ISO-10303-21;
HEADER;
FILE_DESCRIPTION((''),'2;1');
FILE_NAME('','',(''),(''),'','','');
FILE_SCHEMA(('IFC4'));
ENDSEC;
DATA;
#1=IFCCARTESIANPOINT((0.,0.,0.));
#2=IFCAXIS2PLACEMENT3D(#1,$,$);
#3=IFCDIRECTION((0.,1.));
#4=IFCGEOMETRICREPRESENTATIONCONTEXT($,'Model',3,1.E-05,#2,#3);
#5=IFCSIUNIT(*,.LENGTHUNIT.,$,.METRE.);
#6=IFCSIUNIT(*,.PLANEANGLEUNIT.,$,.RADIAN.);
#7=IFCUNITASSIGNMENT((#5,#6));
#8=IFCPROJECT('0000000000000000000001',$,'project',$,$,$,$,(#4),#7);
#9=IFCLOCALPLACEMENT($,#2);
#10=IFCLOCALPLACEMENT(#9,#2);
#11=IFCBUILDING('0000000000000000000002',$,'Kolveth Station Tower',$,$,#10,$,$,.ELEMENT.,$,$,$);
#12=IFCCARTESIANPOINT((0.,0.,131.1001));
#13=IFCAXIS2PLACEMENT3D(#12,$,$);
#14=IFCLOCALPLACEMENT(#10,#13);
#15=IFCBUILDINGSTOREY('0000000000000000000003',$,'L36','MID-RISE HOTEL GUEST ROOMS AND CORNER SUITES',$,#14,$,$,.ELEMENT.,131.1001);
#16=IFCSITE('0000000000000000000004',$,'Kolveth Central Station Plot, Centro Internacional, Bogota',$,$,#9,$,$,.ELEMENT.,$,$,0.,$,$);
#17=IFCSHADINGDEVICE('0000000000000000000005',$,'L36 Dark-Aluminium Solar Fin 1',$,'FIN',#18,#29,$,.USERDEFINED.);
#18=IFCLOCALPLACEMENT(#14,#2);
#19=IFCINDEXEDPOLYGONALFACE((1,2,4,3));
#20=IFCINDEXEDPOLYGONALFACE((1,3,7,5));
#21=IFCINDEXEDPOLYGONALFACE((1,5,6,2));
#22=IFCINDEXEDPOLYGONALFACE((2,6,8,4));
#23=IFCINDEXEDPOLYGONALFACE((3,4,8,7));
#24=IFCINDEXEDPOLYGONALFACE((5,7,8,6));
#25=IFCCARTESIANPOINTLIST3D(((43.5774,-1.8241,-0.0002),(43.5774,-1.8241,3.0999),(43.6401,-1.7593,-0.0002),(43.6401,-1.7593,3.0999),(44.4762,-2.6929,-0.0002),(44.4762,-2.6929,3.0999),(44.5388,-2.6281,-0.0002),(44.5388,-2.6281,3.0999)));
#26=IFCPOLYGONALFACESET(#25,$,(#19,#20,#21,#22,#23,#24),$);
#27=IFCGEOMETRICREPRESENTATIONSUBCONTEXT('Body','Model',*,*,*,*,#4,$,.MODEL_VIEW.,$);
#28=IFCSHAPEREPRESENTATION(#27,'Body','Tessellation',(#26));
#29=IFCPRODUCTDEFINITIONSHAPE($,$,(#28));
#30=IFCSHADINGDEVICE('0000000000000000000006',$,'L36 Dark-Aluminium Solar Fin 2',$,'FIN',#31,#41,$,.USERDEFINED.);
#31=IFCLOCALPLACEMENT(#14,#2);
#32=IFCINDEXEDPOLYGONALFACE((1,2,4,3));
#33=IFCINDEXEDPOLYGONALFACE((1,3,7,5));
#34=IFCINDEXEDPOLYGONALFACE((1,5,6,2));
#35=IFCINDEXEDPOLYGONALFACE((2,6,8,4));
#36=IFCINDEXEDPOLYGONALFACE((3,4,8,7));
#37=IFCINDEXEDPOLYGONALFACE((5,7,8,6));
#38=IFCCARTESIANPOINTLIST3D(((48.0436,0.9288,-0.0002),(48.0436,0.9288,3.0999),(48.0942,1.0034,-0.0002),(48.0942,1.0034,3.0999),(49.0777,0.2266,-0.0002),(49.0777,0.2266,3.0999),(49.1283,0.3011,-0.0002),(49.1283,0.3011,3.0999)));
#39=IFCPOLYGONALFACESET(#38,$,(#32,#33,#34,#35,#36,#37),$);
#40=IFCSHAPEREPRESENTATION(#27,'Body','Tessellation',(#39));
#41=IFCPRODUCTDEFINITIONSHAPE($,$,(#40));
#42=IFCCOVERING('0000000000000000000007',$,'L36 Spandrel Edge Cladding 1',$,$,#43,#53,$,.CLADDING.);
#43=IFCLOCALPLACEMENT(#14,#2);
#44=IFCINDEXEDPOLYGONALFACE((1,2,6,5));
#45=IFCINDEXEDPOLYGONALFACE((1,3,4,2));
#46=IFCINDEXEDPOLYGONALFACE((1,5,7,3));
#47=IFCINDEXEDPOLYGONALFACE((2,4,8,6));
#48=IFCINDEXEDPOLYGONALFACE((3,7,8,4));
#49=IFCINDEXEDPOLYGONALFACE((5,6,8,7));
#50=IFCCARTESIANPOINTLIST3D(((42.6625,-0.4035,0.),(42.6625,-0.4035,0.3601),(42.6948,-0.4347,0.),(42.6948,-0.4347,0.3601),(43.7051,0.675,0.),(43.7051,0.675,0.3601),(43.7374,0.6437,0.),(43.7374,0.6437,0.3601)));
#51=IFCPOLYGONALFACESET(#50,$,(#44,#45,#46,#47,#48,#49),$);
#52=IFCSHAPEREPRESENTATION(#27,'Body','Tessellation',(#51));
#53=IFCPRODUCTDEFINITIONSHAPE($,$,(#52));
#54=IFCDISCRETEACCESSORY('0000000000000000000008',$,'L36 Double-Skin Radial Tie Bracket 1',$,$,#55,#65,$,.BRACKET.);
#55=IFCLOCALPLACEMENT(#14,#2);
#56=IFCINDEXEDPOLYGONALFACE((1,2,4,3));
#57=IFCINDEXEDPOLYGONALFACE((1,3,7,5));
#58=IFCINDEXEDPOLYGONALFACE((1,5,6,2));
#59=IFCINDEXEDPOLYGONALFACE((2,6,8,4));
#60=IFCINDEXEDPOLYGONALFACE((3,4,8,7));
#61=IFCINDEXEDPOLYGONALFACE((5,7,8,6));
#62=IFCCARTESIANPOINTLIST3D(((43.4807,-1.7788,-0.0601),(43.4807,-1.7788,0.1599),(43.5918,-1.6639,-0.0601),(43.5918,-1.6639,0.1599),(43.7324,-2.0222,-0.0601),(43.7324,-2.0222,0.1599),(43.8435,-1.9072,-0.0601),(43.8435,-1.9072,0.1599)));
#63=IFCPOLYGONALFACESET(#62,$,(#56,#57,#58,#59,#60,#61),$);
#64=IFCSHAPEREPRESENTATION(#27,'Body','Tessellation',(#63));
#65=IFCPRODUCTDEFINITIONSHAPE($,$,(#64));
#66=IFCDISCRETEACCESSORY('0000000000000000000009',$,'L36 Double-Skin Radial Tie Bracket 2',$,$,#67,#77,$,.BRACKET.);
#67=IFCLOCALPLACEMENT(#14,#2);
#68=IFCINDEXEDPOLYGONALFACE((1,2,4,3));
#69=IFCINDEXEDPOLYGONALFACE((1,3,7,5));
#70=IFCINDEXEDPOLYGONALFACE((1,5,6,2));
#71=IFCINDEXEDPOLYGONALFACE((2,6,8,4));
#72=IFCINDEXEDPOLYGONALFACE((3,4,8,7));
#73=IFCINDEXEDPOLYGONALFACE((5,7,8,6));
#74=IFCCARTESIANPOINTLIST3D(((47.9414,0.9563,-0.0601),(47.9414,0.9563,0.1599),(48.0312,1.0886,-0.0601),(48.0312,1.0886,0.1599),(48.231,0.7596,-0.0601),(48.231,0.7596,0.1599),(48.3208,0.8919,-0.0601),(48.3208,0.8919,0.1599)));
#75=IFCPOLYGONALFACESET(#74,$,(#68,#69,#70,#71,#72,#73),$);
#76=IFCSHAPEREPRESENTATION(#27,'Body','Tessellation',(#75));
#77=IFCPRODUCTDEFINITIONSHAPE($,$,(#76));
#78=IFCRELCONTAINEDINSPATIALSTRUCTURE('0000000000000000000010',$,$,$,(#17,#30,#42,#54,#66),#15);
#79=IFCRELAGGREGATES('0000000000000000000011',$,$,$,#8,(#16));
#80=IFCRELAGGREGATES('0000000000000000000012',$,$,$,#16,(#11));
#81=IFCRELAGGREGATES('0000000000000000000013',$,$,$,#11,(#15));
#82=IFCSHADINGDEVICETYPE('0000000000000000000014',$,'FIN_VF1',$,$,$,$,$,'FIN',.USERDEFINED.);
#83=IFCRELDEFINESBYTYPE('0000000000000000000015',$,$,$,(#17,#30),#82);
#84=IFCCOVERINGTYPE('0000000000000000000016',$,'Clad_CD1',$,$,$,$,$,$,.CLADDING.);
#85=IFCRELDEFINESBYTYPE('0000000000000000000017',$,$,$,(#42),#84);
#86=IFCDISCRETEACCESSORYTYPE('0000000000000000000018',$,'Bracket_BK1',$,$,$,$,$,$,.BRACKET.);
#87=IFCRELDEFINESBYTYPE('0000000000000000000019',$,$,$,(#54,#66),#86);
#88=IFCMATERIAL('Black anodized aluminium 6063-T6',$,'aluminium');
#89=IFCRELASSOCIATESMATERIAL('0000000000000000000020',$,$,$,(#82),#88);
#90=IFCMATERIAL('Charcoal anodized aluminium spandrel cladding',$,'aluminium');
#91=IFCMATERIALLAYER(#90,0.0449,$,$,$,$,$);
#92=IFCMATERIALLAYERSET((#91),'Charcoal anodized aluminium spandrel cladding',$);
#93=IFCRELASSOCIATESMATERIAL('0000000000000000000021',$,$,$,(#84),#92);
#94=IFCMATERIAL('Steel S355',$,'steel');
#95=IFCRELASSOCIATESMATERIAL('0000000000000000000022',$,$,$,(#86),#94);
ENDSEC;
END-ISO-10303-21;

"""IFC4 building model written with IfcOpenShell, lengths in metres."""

from ifc_helpers import new_model, si_unit, direction, frame, origin, origin_2d, place, context, subcontext, project, spatial, rectangle, extrude, source, transform, mapped, material, layer, layer_set, type_object, element, save


model = new_model("IFC4")

# Units and contexts
model_context = context("Model", 3, precision=1e-05, world=origin(), true_north=direction((0.0, 1.0)))
body_context = subcontext(model_context, "Body", "Model", "MODEL_VIEW")
ifc_project = project(units=[si_unit("LENGTHUNIT", "METRE"), si_unit("PLANEANGLEUNIT", "RADIAN")], contexts=[model_context])

# Site, building, storey
site_placement = place(None, origin())
site = spatial("IfcSite", under=ifc_project, at=site_placement, Name="Kolveth Central Station Plot, Centro Internacional, Bogota", CompositionType="ELEMENT", RefElevation=0.0)
building_placement = place(site_placement, origin())
building = spatial("IfcBuilding", under=site, at=building_placement, Name="Kolveth Station Tower", CompositionType="ELEMENT")
storey_placement = place(building_placement, frame((0.0, 0.0, 131.1001)))
storey = spatial("IfcBuildingStorey", under=building, at=storey_placement, Name="L36", Description="MID-RISE HOTEL GUEST ROOMS AND CORNER SUITES", CompositionType="ELEMENT", Elevation=131.1001)

# Shared definitions
ifc_material_1 = material(Name="Steel S355", Category="steel")

# Shared definitions
ifc_material_2 = material(Name="Black anodized aluminium 6063-T6", Category="aluminium")

# Shading devices
shading_device_type = type_object("IfcShadingDeviceType", Name="FIN_VF1", ElementType="FIN", PredefinedType="USERDEFINED", material=ifc_material_2)
shared_shape_1 = source(origin(), body_context, "Body", "SweptSolid", [
    extrude(rectangle(XDim=1.25, YDim=0.0901, at=origin_2d()), origin(), (0.0, 0.0, 1.0), 3.1001),
])
for number, where, z_axis, x_axis, name in (
    (1, (44.0581, -2.2261, -0.0002), (0.0, 0.0, 1.0), (0.718976, -0.695035, 0.0), "L36 Dark-Aluminium Solar Fin 1"),
    (2, (48.5859, 0.615, -0.0002), (0.0, 0.0, 1.0), (0.827277, -0.561795, 0.0), "L36 Dark-Aluminium Solar Fin 2"),
):
    element("IfcShadingDevice", number, at=place(storey_placement, frame(where, z_axis=z_axis, x_axis=x_axis)), inside=storey, type_object=shading_device_type, Name=name, ObjectType="FIN", PredefinedType="USERDEFINED", context=body_context, shape_type="MappedRepresentation", body=[
        mapped(shared_shape_1, transform((0.0, 0.0, 0.0), x_axis=(1.0, 0.0, 0.0), y_axis=(0.0, 1.0, 0.0), z_axis=(0.0, 0.0, 1.0), scale=1.0)),
    ])

# Covering
ifc_material_3 = material(Name="Charcoal anodized aluminium spandrel cladding", Category="aluminium")
ifc_layer_1 = layer(ifc_material_3, 0.0449)
ifc_layer_set_1 = layer_set([ifc_layer_1], Name="Charcoal anodized aluminium spandrel cladding")
covering_type = type_object("IfcCoveringType", Name="Clad_CD1", PredefinedType="CLADDING", material=ifc_layer_set_1)
shared_shape_2 = source(origin(), body_context, "Body", "SweptSolid", [
    extrude(rectangle(XDim=1.5, YDim=0.0449, at=origin_2d()), origin(), (0.0, 0.0, 1.0), 0.3601),
])
covering_placement = place(storey_placement, frame((43.2, 0.1201, 0.0), z_axis=(0.0, 0.0, 1.0), x_axis=(0.695035, 0.718976, 0.0)))
element("IfcCovering", 3, at=covering_placement, inside=storey, type_object=covering_type, Name="L36 Spandrel Edge Cladding 1", PredefinedType="CLADDING", context=body_context, shape_type="MappedRepresentation", body=[
    mapped(shared_shape_2, transform((0.0, 0.0, 0.0), x_axis=(1.0, 0.0, 0.0), y_axis=(0.0, 1.0, 0.0), z_axis=(0.0, 0.0, 1.0), scale=1.0)),
])

# Discrete accessories
discrete_accessory_type = type_object("IfcDiscreteAccessoryType", Name="Bracket_BK1", PredefinedType="BRACKET", material=ifc_material_1)
shared_shape_3 = source(origin(), body_context, "Body", "SweptSolid", [
    extrude(rectangle(XDim=0.3501, YDim=0.1599, at=origin_2d()), origin(), (0.0, 0.0, 1.0), 0.22),
])
for number, where, z_axis, x_axis, name in (
    (4, (43.6621, -1.843, -0.0601), (0.0, 0.0, 1.0), (0.718976, -0.695035, 0.0), "L36 Double-Skin Radial Tie Bracket 1"),
    (5, (48.1311, 0.9241, -0.0601), (0.0, 0.0, 1.0), (0.827277, -0.561795, 0.0), "L36 Double-Skin Radial Tie Bracket 2"),
):
    element("IfcDiscreteAccessory", number, at=place(storey_placement, frame(where, z_axis=z_axis, x_axis=x_axis)), inside=storey, type_object=discrete_accessory_type, Name=name, PredefinedType="BRACKET", context=body_context, shape_type="MappedRepresentation", body=[
        mapped(shared_shape_3, transform((0.0, 0.0, 0.0), x_axis=(1.0, 0.0, 0.0), y_axis=(0.0, 1.0, 0.0), z_axis=(0.0, 0.0, 1.0), scale=1.0)),
    ])

save(model, "model.ifc")
